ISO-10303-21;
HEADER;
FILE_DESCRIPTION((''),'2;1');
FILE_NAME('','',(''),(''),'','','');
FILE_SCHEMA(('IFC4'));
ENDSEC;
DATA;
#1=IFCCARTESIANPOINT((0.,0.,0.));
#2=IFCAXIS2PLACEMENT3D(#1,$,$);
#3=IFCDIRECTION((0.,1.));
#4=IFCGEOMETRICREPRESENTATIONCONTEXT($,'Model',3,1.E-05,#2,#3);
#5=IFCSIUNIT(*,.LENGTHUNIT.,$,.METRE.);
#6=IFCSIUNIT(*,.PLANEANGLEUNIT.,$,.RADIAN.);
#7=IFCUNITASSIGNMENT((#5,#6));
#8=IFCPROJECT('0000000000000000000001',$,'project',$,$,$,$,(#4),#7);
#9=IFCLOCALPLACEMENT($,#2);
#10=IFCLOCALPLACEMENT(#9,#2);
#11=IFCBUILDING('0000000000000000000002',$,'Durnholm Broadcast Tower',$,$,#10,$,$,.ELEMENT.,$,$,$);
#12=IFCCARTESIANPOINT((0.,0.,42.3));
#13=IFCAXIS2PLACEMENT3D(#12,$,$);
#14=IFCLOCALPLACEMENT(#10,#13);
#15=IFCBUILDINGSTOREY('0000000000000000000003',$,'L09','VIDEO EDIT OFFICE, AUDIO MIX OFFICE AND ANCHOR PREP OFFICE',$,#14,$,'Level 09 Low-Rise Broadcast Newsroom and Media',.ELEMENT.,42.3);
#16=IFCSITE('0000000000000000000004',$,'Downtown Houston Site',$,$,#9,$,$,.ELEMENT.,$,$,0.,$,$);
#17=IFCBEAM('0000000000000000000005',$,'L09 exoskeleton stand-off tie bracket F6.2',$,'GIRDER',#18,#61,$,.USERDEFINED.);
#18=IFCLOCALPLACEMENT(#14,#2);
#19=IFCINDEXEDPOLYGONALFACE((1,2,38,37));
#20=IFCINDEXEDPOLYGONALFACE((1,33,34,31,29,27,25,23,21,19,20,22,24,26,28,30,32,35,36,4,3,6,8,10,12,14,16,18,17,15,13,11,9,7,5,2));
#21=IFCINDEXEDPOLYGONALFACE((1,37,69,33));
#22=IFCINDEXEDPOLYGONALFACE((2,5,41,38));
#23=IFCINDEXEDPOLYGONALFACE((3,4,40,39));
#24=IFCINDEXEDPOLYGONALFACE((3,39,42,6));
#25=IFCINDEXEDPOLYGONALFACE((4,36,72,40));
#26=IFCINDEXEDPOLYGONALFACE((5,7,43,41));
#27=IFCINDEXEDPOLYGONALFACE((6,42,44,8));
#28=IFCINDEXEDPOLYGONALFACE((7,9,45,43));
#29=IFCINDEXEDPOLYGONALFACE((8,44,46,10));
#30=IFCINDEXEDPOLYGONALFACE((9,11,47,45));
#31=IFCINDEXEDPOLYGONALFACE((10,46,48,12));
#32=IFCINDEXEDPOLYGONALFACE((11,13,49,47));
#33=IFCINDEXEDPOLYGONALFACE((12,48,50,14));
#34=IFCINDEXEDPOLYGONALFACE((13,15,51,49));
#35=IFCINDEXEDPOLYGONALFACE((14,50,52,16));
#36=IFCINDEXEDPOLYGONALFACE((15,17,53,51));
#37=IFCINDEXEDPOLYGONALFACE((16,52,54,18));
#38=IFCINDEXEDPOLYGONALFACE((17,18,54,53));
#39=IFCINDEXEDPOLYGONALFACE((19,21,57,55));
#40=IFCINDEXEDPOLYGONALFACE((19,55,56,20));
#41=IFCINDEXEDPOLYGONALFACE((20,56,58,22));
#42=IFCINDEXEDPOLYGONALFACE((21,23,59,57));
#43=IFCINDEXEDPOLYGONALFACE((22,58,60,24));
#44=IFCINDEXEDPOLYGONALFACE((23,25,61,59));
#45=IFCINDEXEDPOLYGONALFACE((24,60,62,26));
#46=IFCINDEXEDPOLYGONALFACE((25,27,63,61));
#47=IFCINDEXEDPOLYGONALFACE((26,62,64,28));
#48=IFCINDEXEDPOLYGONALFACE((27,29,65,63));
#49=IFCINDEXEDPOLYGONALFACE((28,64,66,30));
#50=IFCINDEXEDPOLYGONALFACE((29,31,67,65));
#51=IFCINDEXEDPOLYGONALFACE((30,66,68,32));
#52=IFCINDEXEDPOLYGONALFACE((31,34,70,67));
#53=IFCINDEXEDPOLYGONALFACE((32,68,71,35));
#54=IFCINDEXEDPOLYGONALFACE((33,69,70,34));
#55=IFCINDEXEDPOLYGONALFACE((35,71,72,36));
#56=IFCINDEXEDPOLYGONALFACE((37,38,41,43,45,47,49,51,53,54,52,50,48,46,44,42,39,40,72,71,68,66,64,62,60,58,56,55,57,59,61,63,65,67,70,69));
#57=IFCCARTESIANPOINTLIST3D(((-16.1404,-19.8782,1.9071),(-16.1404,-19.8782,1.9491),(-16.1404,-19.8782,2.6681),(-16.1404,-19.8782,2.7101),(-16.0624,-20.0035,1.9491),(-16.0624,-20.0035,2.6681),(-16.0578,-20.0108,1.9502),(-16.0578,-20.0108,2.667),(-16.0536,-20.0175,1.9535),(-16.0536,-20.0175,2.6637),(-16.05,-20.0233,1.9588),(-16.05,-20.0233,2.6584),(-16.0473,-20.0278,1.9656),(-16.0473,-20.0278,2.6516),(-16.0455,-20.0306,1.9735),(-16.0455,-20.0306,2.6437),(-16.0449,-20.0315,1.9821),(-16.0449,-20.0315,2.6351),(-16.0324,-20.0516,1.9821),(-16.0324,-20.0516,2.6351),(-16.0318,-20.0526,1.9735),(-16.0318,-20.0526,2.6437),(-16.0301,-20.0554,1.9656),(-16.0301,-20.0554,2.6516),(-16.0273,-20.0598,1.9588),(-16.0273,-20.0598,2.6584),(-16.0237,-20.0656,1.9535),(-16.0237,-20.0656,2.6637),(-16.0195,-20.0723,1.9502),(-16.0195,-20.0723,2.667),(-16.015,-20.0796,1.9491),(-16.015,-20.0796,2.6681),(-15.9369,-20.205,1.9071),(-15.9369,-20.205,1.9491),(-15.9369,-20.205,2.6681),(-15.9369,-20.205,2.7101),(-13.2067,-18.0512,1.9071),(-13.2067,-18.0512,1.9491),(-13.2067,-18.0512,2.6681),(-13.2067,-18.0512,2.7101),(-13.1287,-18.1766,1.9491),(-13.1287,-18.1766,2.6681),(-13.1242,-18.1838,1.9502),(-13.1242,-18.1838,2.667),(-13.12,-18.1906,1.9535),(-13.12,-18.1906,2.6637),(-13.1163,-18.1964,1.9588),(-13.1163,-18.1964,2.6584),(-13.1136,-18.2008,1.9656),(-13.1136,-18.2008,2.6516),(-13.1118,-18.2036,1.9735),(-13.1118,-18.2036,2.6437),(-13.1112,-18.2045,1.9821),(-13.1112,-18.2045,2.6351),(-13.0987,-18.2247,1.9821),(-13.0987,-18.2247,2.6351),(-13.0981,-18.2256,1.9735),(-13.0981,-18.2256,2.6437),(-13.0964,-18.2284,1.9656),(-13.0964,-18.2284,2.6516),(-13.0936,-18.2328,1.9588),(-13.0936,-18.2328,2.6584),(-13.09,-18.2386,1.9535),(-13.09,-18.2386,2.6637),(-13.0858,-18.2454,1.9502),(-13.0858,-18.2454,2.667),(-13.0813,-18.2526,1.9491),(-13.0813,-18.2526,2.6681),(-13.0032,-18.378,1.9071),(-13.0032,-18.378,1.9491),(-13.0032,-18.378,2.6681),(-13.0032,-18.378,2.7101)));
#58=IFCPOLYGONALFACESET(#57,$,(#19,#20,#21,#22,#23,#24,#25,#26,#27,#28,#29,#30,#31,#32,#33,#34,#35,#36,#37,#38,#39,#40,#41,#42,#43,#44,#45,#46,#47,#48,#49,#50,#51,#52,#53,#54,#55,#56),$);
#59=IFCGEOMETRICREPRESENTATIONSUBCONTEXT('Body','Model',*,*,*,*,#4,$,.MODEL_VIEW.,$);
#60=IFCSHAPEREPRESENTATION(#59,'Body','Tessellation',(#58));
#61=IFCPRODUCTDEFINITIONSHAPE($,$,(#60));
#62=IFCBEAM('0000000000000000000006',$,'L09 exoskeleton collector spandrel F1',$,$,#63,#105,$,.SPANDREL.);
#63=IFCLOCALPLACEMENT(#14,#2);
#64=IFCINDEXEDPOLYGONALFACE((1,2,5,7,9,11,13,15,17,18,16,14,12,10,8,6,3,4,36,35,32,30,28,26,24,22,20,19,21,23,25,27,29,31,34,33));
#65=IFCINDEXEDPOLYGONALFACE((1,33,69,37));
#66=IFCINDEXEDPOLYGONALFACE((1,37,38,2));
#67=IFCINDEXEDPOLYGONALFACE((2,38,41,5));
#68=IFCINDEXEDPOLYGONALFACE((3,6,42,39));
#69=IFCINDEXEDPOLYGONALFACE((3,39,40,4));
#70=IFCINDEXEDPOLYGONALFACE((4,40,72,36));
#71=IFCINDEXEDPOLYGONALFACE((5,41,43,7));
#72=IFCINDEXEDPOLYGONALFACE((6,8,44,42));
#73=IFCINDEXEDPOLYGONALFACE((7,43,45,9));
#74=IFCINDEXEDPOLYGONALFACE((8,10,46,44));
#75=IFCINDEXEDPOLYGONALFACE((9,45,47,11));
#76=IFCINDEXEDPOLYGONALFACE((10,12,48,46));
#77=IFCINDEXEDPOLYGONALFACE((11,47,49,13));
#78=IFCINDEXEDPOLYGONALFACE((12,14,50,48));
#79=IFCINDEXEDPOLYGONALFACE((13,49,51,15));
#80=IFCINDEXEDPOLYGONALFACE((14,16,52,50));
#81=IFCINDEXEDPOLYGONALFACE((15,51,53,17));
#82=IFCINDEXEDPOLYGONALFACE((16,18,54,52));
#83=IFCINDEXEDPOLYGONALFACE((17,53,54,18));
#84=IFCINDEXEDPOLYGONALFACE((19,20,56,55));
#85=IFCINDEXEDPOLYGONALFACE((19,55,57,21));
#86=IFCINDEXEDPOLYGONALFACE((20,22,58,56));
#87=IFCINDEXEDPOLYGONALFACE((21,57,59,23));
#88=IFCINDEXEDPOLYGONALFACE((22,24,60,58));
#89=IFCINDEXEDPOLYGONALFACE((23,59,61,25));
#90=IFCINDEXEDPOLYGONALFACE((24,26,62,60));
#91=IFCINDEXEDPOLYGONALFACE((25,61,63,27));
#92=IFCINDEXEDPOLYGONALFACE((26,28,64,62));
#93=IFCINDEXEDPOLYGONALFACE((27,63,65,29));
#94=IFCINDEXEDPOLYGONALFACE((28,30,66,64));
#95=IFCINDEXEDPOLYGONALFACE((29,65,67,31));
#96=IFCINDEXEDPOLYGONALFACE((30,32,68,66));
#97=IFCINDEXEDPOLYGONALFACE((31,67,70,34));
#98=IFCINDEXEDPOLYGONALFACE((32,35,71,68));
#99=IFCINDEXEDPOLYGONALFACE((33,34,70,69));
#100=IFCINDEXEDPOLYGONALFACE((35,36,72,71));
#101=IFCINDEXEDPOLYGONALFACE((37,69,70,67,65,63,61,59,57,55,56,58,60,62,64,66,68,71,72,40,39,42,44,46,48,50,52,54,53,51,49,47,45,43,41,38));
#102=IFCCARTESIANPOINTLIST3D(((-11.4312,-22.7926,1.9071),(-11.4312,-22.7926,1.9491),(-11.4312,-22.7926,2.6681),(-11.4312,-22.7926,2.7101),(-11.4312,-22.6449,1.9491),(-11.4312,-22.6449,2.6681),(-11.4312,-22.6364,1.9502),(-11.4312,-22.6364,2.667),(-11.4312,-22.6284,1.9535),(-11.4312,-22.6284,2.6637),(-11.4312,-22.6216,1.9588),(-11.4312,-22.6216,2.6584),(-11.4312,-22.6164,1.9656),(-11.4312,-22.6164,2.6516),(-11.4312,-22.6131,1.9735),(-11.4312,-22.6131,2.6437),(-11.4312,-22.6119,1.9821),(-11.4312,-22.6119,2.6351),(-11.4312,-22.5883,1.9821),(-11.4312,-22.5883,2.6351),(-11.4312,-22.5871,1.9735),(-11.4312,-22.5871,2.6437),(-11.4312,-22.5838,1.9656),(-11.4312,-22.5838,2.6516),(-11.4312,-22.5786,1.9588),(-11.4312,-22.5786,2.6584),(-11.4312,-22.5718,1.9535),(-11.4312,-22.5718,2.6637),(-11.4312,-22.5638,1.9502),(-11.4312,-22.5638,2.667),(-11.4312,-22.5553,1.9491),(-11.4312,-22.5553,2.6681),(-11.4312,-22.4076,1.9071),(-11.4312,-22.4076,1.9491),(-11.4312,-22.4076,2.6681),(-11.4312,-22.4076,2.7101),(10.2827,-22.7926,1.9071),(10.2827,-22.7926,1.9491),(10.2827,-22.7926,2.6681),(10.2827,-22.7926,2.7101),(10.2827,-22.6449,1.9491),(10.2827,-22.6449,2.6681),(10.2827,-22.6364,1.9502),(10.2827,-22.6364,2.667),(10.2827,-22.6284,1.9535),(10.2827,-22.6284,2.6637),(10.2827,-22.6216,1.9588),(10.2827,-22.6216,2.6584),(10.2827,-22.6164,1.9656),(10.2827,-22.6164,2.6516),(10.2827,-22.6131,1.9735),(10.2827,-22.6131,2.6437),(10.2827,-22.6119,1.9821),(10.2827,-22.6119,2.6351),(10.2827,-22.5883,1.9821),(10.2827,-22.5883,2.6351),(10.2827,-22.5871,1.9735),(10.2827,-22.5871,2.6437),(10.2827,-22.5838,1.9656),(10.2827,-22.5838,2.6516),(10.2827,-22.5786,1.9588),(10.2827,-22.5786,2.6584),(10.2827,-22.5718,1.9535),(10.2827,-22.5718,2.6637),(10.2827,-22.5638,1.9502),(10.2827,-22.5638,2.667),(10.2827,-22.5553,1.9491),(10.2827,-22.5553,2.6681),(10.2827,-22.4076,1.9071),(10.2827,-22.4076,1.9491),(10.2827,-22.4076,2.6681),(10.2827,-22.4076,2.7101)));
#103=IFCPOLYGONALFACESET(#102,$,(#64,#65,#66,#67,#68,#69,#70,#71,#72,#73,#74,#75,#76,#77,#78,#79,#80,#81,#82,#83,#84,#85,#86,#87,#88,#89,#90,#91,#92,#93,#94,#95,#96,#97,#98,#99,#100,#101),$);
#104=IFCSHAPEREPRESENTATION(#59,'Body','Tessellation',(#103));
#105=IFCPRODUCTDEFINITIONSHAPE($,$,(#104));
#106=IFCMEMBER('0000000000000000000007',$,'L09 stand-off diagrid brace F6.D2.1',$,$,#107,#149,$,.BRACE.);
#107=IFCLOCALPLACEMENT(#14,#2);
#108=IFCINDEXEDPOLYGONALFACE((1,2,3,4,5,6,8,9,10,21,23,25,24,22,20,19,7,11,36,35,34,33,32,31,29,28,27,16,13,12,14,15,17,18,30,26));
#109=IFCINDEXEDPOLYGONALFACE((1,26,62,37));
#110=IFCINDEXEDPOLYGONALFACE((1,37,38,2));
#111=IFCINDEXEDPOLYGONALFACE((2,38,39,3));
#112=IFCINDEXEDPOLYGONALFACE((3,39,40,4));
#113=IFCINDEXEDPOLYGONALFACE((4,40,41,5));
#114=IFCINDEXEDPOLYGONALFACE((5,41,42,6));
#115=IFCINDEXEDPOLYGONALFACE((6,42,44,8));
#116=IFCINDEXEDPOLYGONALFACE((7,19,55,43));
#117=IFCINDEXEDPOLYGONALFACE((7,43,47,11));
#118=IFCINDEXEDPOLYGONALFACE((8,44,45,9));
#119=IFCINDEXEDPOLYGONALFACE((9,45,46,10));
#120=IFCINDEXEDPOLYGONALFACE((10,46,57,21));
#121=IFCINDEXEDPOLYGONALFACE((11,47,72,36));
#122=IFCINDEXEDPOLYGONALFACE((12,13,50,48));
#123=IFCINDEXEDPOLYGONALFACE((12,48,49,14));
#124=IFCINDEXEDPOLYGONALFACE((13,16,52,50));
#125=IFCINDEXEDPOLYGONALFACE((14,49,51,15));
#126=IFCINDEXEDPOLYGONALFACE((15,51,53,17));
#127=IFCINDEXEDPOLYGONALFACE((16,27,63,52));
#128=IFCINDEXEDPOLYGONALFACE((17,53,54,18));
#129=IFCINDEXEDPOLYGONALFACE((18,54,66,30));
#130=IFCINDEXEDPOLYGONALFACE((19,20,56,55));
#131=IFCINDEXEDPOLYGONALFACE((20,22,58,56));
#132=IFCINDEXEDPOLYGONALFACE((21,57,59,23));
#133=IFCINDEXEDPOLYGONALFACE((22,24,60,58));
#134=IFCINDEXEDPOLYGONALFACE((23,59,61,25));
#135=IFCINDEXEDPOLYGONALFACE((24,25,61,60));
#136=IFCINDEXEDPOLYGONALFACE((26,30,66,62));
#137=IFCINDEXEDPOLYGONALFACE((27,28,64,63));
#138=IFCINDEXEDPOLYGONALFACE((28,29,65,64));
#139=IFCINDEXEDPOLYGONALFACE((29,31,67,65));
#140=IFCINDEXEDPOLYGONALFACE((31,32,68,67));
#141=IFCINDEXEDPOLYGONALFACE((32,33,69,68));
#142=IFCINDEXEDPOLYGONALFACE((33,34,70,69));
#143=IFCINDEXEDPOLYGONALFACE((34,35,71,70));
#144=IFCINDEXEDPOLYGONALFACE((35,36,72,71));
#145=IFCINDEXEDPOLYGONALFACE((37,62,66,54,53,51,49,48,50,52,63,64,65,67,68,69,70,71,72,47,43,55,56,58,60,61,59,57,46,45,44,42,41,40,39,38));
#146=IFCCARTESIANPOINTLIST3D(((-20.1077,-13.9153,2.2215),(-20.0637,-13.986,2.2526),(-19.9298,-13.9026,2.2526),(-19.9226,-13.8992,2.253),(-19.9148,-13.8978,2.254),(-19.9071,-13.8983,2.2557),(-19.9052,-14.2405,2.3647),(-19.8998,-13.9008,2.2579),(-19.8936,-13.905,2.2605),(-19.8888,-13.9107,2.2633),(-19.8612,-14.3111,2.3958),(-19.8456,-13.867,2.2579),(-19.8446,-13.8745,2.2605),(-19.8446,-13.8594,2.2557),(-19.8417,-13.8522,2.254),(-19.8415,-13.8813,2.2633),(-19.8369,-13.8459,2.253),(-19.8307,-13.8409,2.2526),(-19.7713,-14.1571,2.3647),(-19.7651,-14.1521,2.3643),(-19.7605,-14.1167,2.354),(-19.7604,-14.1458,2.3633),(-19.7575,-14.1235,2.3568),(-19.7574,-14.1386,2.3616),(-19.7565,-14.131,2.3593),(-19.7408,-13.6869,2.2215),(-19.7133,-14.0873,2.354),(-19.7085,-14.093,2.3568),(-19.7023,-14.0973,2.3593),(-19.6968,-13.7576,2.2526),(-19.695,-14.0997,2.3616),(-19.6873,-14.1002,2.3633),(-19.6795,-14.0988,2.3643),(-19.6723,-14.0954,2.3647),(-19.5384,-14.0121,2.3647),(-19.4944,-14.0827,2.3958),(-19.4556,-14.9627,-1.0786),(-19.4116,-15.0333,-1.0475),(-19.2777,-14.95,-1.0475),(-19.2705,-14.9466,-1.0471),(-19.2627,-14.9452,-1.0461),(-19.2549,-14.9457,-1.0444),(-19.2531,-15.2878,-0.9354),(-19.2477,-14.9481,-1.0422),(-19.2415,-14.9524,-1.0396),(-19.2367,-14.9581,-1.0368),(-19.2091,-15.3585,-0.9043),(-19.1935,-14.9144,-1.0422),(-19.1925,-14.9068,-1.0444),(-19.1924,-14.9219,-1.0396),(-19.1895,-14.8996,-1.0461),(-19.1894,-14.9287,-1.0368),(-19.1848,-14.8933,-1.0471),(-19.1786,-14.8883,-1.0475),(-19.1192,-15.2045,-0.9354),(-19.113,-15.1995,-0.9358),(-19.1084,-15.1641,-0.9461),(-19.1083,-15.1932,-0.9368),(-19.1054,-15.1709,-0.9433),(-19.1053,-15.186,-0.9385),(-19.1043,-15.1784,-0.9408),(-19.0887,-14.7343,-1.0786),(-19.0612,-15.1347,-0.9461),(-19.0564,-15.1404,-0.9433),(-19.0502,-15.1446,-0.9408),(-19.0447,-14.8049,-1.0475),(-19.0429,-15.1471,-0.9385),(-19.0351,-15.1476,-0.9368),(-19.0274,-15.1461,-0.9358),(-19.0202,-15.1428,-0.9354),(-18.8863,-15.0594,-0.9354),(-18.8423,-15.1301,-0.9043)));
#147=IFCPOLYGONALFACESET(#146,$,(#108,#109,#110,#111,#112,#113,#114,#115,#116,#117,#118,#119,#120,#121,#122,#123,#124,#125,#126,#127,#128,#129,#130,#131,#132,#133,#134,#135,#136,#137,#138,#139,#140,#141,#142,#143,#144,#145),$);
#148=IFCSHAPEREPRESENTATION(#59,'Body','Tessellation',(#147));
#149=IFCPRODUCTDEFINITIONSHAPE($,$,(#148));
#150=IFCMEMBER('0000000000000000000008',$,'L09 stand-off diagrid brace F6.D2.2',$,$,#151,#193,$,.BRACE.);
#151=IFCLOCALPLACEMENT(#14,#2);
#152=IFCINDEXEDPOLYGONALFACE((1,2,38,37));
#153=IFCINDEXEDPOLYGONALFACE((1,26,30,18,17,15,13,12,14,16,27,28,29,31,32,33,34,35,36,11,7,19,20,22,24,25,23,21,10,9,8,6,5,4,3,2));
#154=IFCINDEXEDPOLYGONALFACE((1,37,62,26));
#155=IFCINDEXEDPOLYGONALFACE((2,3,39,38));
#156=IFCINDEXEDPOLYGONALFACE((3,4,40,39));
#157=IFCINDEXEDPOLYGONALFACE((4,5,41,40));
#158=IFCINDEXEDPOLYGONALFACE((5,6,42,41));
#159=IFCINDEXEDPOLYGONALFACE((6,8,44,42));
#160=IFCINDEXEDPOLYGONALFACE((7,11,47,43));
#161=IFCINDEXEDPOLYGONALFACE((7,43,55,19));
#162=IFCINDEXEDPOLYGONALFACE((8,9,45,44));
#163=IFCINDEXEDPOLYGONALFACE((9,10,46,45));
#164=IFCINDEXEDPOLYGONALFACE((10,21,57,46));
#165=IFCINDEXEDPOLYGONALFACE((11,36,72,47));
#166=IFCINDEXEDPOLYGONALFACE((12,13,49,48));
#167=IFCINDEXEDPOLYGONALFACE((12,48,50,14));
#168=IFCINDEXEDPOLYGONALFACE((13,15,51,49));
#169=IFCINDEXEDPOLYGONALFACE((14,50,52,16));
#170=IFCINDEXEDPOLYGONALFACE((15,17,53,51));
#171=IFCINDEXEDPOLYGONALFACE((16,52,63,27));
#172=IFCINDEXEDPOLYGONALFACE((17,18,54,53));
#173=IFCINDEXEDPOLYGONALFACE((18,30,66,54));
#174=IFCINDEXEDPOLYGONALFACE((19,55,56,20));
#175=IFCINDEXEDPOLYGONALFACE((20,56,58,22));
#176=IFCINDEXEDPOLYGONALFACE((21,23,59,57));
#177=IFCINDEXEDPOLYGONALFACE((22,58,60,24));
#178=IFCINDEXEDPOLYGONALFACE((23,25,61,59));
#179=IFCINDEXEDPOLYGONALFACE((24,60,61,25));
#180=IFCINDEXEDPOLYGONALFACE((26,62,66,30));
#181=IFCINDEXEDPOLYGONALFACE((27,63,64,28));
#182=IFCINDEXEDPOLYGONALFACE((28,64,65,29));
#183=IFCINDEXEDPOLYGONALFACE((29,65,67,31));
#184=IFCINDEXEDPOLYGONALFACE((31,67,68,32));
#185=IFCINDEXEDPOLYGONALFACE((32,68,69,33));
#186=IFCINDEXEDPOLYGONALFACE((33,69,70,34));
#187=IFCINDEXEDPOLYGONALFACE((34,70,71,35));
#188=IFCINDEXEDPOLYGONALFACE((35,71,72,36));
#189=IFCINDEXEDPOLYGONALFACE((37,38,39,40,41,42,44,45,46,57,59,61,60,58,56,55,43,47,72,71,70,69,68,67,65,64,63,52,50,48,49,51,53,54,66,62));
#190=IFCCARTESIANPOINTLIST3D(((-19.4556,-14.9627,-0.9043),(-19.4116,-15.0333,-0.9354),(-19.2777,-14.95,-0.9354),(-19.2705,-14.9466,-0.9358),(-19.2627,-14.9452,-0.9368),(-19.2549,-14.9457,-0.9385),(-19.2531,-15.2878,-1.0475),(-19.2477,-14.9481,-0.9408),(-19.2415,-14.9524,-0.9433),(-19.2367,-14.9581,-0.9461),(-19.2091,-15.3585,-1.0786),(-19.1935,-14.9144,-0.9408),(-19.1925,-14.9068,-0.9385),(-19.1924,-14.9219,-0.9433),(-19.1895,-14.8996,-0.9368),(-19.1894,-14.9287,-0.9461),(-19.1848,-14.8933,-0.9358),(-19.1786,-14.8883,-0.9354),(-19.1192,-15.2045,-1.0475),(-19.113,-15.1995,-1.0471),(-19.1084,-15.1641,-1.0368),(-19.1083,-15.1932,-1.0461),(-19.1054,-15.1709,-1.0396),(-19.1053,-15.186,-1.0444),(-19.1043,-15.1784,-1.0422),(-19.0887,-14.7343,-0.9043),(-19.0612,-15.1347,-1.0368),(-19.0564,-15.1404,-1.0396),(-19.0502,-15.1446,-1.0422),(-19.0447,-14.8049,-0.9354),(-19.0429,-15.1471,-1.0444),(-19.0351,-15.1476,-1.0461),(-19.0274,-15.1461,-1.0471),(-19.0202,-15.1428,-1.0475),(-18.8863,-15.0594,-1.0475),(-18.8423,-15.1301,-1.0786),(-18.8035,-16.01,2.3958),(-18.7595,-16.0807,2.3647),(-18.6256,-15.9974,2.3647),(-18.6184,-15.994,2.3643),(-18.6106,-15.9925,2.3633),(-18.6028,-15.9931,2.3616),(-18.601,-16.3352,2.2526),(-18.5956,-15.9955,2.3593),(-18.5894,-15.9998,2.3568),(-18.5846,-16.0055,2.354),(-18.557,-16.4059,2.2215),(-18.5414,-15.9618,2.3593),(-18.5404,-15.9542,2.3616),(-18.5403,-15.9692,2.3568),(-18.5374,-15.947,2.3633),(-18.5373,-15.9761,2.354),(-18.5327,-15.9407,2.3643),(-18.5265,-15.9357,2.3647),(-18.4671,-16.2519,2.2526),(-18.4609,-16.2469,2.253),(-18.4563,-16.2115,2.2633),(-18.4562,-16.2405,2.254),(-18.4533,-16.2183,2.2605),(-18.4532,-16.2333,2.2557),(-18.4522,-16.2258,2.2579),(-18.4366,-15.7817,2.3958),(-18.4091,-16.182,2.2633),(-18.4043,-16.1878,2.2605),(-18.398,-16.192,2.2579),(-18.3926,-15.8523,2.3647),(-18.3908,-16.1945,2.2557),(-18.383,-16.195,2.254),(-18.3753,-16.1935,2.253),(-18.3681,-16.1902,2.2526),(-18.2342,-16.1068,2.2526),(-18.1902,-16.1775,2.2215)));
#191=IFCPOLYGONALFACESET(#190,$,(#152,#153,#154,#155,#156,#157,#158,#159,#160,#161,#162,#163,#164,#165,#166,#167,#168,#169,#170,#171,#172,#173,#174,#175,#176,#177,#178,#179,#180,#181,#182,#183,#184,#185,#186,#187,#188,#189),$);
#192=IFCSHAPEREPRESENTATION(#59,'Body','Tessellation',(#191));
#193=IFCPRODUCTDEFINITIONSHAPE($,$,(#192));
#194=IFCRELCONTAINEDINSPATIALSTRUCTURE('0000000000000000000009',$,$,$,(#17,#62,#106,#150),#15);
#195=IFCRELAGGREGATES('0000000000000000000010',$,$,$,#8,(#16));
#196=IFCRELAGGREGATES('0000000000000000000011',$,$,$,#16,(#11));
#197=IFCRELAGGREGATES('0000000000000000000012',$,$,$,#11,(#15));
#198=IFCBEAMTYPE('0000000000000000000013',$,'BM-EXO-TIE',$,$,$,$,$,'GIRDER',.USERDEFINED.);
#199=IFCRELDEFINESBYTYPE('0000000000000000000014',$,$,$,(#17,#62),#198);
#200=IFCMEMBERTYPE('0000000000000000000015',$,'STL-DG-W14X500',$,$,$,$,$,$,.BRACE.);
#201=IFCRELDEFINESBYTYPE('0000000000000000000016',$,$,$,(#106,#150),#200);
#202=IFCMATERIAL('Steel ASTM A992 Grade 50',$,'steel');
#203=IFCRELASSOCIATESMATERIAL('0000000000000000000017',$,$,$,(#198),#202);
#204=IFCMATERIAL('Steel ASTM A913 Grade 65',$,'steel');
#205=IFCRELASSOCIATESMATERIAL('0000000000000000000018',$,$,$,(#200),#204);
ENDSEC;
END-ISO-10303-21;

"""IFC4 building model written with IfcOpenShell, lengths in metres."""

from ifc_helpers import new_model, si_unit, direction, frame, origin, origin_2d, place, context, subcontext, project, spatial, i_section, extrude, source, transform, mapped, material, material_profile, profile_set, type_object, type_shapes, element, save


model = new_model("IFC4")

# Units and contexts
model_context = context("Model", 3, precision=1e-05, world=origin(), true_north=direction((0.0, 1.0)))
body_context = subcontext(model_context, "Body", "Model", "MODEL_VIEW")
ifc_project = project(units=[si_unit("LENGTHUNIT", "METRE"), si_unit("PLANEANGLEUNIT", "RADIAN")], contexts=[model_context])

# Site, building, storey
site_placement = place(None, origin())
site = spatial("IfcSite", under=ifc_project, at=site_placement, Name="Downtown Houston Site", CompositionType="ELEMENT", RefElevation=0.0)
building_placement = place(site_placement, origin())
building = spatial("IfcBuilding", under=site, at=building_placement, Name="Durnholm Broadcast Tower", CompositionType="ELEMENT")
storey_placement = place(building_placement, frame((0.0, 0.0, 42.3)))
storey = spatial("IfcBuildingStorey", under=building, at=storey_placement, Name="L09", Description="VIDEO EDIT OFFICE, AUDIO MIX OFFICE AND ANCHOR PREP OFFICE", LongName="Level 09 Low-Rise Broadcast Newsroom and Media", CompositionType="ELEMENT", Elevation=42.3)

# Beams
ifc_material_1 = material(Name="Steel ASTM A992 Grade 50", Category="steel")
ifc_material_profile_1 = material_profile(ifc_material_1, i_section(OverallWidth=0.385, OverallDepth=0.803, WebThickness=0.0237, FlangeThickness=0.042, FilletRadius=0.033, at=origin_2d()), Name="W30X261")
ifc_profile_set_1 = profile_set([ifc_material_profile_1], Name="Steel ASTM A992 Grade 50")
beam_type_1 = type_object("IfcBeamType", Name="BM-EXO-TIE", ElementType="GIRDER", PredefinedType="USERDEFINED", material=ifc_profile_set_1)
shared_shape_1 = source(origin(), body_context, "Body", "SweptSolid", [
    extrude(i_section(OverallWidth=0.385, OverallDepth=0.803, WebThickness=0.0237, FlangeThickness=0.042, FilletRadius=0.033, at=origin_2d()), origin(), (0.0, 0.0, 1.0), 3.4561),
])
for number, where, z_axis, x_axis, name in (
    (1, (-13.105, -18.2146, 2.3086), (-0.848854, -0.528627, 0.0), (0.528627, -0.848854, 0.0), "L09 exoskeleton stand-off tie bracket F6.2"),
):
    element("IfcBeam", number, at=place(storey_placement, frame(where, z_axis=z_axis, x_axis=x_axis)), inside=storey, type_object=beam_type_1, Name=name, ObjectType="GIRDER", PredefinedType="USERDEFINED", context=body_context, shape_type="MappedRepresentation", body=[
        mapped(shared_shape_1, transform((0.0, 0.0, 0.0), x_axis=(1.0, 0.0, 0.0), y_axis=(0.0, 1.0, 0.0), z_axis=(0.0, 0.0, 1.0), scale=1.0)),
    ])
shared_shape_2 = source(origin(), body_context, "Body", "SweptSolid", [
    extrude(i_section(OverallWidth=0.385, OverallDepth=0.803, WebThickness=0.0237, FlangeThickness=0.042, FilletRadius=0.033, at=origin_2d()), origin(), (0.0, 0.0, 1.0), 21.7139),
])
type_shapes(beam_type_1, [shared_shape_1, shared_shape_2])
beam_1_placement = place(storey_placement, frame((-11.4312, -22.6001, 2.3086), z_axis=(1.0, 0.0, 0.0), x_axis=(0.0, 1.0, 0.0)))
element("IfcBeam", 2, at=beam_1_placement, inside=storey, type_object=beam_type_1, Name="L09 exoskeleton collector spandrel F1", PredefinedType="SPANDREL", context=body_context, shape_type="MappedRepresentation", body=[
    mapped(shared_shape_2, transform((0.0, 0.0, 0.0), x_axis=(1.0, 0.0, 0.0), y_axis=(0.0, 1.0, 0.0), z_axis=(0.0, 0.0, 1.0), scale=1.0)),
])

# Members
ifc_material_2 = material(Name="Steel ASTM A913 Grade 65", Category="steel")
ifc_material_profile_2 = material_profile(ifc_material_2, i_section(OverallWidth=0.4321, OverallDepth=0.4978, WebThickness=0.0557, FlangeThickness=0.0889, FilletRadius=0.0305, at=origin_2d()), Name="W14X500")
ifc_profile_set_2 = profile_set([ifc_material_profile_2], Name="Steel ASTM A913 Grade 65")
member_type_1 = type_object("IfcMemberType", Name="STL-DG-W14X500", PredefinedType="BRACE", material=ifc_profile_set_2)
shared_shape_3 = source(origin(), body_context, "Body", "SweptSolid", [
    extrude(i_section(OverallWidth=0.4321, OverallDepth=0.4978, WebThickness=0.0557, FlangeThickness=0.0889, FilletRadius=0.0305, at=origin_2d()), origin(), (0.0, 0.0, 1.0), 3.5232),
])
type_shapes(member_type_1, [shared_shape_3])
for number, where, z_axis, x_axis, name in (
    (3, (-19.1489, -15.0464, -0.9915), (-0.18509, 0.297281, 0.936678), (-0.848909, -0.52854, 0.0), "L09 stand-off diagrid brace F6.D2.1"),
    (4, (-19.1489, -15.0464, -0.9915), (0.18509, -0.297281, 0.936678), (0.848909, 0.52854, 0.0), "L09 stand-off diagrid brace F6.D2.2"),
):
    element("IfcMember", number, at=place(storey_placement, frame(where, z_axis=z_axis, x_axis=x_axis)), inside=storey, type_object=member_type_1, Name=name, PredefinedType="BRACE", context=body_context, shape_type="MappedRepresentation", body=[
        mapped(shared_shape_3, transform((0.0, 0.0, 0.0), x_axis=(1.0, 0.0, 0.0), y_axis=(0.0, 1.0, 0.0), z_axis=(0.0, 0.0, 1.0), scale=1.0)),
    ])

save(model, "model.ifc")
